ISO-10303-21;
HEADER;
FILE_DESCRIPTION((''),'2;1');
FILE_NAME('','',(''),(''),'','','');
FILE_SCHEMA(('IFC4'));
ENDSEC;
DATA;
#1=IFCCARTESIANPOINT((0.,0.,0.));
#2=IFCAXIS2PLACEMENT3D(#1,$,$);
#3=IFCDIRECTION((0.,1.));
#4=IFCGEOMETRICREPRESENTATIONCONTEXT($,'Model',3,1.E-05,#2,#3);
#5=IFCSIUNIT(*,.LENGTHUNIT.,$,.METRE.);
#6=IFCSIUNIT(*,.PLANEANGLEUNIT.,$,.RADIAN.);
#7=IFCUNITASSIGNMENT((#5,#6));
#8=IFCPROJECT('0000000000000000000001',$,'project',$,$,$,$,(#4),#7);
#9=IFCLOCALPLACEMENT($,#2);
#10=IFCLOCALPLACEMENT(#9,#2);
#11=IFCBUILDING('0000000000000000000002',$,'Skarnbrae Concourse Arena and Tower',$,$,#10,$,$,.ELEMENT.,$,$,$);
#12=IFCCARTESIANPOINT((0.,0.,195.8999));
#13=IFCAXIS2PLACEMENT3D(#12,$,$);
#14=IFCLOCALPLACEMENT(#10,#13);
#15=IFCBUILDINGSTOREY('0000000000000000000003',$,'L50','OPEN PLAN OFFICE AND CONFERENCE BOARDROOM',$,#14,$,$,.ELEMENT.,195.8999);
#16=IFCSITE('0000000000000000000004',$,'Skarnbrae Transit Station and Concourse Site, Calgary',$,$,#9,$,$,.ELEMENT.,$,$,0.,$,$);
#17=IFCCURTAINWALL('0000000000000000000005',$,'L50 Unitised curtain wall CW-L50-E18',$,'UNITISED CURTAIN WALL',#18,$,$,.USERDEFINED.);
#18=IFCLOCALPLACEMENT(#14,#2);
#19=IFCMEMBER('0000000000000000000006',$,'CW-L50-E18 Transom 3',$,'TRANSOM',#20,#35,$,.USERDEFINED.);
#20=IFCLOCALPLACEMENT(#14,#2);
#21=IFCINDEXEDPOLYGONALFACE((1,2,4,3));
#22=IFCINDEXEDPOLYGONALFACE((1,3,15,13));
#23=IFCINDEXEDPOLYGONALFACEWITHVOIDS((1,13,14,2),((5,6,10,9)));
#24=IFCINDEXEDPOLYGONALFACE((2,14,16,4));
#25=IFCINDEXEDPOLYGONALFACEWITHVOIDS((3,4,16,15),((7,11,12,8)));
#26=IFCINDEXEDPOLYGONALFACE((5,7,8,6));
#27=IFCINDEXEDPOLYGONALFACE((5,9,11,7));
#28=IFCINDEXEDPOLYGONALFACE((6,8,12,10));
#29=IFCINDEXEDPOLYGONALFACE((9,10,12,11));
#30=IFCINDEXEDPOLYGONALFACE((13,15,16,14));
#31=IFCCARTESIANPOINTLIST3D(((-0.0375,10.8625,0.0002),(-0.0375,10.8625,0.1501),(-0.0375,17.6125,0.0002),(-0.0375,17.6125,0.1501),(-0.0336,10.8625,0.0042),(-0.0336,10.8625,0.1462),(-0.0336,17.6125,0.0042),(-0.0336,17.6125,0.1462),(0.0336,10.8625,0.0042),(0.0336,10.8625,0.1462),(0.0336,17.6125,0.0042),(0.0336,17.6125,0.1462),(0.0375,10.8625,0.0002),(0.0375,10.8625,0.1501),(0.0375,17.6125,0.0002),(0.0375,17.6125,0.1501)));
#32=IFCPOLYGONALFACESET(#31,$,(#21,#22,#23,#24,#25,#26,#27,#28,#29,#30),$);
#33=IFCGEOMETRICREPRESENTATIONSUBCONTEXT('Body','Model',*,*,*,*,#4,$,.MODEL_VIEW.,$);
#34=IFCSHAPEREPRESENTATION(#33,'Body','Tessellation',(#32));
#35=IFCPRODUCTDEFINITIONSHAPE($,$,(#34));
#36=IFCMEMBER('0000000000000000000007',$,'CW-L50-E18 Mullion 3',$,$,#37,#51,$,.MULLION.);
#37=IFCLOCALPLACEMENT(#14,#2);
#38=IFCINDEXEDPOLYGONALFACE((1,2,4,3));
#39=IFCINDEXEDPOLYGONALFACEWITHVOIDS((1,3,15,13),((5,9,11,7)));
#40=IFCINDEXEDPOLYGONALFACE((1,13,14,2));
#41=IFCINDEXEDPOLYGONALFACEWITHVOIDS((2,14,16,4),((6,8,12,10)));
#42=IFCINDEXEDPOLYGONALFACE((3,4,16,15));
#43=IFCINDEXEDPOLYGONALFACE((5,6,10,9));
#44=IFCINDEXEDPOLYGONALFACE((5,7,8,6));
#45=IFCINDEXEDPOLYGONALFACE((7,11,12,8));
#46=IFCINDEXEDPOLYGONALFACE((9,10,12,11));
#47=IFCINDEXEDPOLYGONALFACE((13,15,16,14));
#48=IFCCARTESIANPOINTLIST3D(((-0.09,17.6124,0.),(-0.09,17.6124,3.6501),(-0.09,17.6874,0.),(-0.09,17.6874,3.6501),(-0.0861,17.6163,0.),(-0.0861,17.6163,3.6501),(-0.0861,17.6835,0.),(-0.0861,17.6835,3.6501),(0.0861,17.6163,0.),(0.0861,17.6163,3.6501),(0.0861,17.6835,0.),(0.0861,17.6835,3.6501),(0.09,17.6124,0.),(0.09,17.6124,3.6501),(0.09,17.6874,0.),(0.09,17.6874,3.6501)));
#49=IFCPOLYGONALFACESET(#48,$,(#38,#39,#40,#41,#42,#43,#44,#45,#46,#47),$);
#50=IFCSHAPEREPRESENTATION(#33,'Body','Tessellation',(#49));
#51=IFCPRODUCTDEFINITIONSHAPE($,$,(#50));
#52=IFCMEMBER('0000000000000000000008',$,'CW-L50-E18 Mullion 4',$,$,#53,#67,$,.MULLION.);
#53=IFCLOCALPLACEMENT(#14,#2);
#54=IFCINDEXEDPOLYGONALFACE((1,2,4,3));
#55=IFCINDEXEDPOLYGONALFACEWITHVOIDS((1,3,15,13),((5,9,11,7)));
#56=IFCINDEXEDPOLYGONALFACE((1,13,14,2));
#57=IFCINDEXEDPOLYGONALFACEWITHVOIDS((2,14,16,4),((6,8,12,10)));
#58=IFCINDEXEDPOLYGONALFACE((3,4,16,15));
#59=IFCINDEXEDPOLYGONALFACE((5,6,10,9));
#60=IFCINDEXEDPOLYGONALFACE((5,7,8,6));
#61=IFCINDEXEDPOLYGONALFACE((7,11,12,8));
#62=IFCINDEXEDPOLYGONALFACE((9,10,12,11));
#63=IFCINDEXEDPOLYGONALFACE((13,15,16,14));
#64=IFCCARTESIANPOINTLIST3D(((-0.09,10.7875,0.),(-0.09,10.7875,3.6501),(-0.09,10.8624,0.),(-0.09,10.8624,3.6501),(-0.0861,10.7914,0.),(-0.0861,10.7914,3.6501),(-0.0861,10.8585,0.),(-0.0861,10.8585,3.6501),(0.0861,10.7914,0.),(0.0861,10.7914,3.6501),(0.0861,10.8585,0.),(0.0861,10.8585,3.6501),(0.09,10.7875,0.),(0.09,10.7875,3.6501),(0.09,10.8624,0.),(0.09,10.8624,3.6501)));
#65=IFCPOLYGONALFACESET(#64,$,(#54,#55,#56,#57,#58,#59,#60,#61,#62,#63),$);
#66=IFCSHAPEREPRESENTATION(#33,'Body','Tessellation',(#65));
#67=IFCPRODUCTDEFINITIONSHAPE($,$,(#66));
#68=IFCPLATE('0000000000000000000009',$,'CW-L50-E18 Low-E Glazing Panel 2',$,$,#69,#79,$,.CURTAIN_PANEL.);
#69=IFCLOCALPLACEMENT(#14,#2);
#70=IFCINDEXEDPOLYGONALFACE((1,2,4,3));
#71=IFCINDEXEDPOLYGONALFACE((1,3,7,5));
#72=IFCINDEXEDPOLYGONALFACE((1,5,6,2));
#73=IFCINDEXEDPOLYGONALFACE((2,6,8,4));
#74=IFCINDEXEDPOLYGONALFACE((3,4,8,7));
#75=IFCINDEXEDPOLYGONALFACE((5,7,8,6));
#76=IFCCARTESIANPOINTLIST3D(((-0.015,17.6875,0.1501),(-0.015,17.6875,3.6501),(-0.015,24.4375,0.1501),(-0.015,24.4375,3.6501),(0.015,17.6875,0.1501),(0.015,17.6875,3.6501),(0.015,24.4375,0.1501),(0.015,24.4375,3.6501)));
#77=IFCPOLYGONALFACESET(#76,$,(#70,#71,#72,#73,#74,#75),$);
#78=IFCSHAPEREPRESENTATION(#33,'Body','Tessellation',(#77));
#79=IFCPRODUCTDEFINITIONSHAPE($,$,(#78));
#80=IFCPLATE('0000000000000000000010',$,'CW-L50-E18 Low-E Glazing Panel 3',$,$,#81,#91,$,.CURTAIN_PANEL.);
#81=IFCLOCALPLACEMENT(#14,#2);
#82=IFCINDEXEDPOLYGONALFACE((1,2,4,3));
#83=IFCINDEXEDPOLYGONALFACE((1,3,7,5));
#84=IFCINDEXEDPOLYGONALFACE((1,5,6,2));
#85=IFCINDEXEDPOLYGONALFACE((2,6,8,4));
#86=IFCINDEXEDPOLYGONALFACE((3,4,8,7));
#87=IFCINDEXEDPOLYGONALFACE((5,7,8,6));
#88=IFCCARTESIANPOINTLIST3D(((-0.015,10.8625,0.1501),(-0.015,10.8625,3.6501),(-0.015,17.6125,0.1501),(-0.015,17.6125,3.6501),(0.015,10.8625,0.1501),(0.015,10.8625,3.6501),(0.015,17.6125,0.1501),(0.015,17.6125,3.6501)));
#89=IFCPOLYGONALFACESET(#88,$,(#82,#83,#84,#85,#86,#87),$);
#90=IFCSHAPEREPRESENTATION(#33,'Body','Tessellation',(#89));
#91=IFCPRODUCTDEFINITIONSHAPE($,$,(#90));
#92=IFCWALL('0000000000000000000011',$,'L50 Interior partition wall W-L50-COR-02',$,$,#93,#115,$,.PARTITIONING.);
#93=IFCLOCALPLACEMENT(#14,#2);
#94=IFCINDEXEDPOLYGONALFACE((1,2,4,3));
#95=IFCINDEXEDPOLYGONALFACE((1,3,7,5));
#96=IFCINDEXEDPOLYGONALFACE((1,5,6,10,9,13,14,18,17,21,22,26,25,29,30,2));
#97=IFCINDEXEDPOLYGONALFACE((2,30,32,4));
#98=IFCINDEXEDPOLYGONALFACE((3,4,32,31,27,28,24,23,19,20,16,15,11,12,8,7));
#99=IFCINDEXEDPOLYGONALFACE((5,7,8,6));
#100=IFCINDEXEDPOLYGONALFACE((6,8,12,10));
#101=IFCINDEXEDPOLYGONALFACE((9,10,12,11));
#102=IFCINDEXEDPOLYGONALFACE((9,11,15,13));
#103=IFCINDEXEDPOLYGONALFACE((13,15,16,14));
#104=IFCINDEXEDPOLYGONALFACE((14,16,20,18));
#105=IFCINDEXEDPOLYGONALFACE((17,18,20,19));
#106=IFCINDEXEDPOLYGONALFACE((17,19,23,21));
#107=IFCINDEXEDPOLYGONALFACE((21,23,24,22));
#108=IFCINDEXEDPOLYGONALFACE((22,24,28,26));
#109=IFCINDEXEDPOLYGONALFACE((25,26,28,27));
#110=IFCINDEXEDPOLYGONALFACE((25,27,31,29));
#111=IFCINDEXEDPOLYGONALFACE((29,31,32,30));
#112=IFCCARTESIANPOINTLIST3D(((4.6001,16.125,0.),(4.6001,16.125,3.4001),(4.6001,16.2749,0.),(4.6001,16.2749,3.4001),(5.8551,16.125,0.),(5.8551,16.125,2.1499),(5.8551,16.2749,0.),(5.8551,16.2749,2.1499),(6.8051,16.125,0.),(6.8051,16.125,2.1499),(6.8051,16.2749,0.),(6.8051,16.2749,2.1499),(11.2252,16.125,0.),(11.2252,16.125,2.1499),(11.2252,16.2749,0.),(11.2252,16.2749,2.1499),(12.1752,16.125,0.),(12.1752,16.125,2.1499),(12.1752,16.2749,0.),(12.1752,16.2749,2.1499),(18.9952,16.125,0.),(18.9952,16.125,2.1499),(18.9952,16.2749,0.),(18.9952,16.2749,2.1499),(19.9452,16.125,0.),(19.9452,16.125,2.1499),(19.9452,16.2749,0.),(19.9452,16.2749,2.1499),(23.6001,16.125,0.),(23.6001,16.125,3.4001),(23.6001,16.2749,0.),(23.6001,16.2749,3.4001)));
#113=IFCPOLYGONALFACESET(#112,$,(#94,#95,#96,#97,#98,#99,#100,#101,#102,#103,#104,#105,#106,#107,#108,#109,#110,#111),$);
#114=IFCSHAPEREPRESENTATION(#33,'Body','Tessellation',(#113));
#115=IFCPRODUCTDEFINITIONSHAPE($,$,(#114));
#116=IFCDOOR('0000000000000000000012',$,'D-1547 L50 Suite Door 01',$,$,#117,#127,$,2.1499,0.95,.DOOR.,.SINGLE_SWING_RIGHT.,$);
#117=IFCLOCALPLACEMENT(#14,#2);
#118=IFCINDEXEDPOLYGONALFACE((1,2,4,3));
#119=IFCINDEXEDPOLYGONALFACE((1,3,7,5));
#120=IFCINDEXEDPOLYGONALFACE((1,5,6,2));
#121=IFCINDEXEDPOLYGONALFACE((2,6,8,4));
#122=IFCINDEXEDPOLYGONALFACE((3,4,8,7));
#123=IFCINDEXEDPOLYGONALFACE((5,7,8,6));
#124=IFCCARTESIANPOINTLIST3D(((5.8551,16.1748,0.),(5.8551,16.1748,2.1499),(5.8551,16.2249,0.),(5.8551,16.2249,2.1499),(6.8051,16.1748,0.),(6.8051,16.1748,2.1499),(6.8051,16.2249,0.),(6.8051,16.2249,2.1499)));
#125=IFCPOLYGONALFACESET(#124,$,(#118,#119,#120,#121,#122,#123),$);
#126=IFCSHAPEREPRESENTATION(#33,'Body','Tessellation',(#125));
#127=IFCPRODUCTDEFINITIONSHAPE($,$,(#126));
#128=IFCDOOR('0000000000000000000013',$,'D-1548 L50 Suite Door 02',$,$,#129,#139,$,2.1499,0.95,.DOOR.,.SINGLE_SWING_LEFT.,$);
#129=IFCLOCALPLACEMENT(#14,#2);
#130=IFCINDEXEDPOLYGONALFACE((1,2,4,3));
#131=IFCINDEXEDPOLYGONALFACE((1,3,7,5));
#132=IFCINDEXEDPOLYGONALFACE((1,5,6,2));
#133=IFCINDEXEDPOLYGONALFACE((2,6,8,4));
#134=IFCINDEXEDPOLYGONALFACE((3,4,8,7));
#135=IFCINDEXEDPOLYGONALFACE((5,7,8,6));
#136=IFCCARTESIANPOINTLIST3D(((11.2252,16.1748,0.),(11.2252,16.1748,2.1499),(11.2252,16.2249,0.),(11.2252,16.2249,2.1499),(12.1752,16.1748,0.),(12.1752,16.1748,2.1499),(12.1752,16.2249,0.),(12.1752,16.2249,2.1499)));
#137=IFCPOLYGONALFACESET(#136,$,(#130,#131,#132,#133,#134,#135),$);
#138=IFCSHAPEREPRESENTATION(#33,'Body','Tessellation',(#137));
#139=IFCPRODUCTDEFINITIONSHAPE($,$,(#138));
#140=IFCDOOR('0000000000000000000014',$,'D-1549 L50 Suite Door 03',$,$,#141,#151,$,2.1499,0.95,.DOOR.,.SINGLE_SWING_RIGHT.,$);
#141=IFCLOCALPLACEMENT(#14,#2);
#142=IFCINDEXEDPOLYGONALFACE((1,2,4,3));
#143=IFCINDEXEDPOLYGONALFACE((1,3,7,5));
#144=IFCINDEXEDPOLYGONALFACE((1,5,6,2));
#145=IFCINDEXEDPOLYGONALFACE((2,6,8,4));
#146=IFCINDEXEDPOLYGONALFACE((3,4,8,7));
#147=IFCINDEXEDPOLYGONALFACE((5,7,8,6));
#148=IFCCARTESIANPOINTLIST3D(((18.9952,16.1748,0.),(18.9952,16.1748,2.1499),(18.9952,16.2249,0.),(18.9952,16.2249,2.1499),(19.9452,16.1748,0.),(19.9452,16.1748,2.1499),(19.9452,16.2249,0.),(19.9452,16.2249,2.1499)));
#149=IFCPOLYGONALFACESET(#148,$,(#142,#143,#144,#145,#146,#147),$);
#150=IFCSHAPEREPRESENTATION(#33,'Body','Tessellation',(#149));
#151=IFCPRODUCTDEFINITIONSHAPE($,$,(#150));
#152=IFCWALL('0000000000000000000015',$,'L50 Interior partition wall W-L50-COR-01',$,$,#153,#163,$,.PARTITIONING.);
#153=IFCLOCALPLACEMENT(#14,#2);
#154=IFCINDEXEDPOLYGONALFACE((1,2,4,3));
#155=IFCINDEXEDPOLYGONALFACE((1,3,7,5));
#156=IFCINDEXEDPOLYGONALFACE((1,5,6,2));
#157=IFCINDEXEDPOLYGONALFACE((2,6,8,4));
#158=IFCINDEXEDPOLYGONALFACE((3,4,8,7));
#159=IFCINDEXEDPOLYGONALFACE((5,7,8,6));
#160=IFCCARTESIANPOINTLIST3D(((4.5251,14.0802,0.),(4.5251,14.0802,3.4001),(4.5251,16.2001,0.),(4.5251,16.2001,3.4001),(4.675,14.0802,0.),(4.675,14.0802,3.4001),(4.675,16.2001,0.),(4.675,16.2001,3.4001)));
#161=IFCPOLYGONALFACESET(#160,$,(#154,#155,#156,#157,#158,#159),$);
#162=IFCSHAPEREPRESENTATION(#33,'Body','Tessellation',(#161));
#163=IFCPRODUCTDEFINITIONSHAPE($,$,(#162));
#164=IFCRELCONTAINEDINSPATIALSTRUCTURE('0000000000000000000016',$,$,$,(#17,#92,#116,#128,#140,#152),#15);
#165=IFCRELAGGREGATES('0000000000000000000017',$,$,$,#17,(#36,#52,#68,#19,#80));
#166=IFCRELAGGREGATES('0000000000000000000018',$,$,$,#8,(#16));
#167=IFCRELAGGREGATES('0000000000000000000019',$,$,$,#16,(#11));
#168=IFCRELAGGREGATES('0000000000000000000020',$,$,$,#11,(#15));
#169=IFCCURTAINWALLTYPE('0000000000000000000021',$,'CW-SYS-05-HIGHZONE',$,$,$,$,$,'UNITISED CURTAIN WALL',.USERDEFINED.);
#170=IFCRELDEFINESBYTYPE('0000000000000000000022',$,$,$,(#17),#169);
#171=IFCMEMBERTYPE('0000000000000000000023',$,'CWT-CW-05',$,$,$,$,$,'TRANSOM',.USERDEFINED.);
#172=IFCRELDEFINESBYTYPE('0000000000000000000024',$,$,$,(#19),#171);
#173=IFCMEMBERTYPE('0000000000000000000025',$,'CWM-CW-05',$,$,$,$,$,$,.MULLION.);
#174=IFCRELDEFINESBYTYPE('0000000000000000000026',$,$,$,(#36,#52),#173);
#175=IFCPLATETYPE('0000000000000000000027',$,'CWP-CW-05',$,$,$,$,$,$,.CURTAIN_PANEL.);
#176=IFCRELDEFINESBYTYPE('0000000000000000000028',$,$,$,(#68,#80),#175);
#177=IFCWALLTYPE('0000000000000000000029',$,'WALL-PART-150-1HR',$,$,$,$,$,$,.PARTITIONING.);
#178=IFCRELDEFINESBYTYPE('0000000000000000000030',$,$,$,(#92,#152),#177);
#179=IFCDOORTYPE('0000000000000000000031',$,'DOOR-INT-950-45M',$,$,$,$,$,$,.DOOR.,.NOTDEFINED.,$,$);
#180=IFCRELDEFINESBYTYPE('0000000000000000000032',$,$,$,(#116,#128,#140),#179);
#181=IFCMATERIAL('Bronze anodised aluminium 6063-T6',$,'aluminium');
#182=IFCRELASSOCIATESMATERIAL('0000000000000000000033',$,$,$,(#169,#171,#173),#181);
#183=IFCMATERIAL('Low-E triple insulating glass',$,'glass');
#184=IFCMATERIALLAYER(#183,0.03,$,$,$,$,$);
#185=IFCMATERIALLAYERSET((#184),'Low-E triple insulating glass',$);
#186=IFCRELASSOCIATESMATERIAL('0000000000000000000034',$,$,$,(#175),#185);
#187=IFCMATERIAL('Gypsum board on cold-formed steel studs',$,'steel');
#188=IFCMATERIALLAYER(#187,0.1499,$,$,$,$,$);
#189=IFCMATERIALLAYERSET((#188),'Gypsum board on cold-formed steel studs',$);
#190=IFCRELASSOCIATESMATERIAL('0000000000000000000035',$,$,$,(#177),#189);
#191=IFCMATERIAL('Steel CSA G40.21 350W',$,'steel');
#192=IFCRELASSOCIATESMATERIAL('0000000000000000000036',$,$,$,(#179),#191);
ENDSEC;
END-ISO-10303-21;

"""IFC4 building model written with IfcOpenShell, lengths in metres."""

from ifc_helpers import new_model, si_unit, direction, frame, frame_2d, origin, origin_2d, place, context, subcontext, project, spatial, rectangle, hollow_rectangle, extrude, source, transform, mapped, material, layer, layer_set, material_profile, profile_set, type_object, element, fill, aggregate, save


model = new_model("IFC4")

# Units and contexts
model_context = context("Model", 3, precision=1e-05, world=origin(), true_north=direction((0.0, 1.0)))
body_context = subcontext(model_context, "Body", "Model", "MODEL_VIEW")
ifc_project = project(units=[si_unit("LENGTHUNIT", "METRE"), si_unit("PLANEANGLEUNIT", "RADIAN")], contexts=[model_context])

# Site, building, storey
site_placement = place(None, origin())
site = spatial("IfcSite", under=ifc_project, at=site_placement, Name="Skarnbrae Transit Station and Concourse Site, Calgary", CompositionType="ELEMENT", RefElevation=0.0)
building_placement = place(site_placement, origin())
building = spatial("IfcBuilding", under=site, at=building_placement, Name="Skarnbrae Concourse Arena and Tower", CompositionType="ELEMENT")
storey_placement = place(building_placement, frame((0.0, 0.0, 195.8999)))
storey = spatial("IfcBuildingStorey", under=building, at=storey_placement, Name="L50", Description="OPEN PLAN OFFICE AND CONFERENCE BOARDROOM", CompositionType="ELEMENT", Elevation=195.8999)

# Shared definitions
ifc_material_1 = material(Name="Steel CSA G40.21 350W", Category="steel")

# Curtain wall, members, plates
ifc_material_2 = material(Name="Bronze anodised aluminium 6063-T6", Category="aluminium")
curtain_wall_type = type_object("IfcCurtainWallType", Name="CW-SYS-05-HIGHZONE", ElementType="UNITISED CURTAIN WALL", PredefinedType="USERDEFINED", material=ifc_material_2)
curtain_wall_placement = place(storey_placement, origin())
curtain_wall = element("IfcCurtainWall", 1, at=curtain_wall_placement, inside=storey, type_object=curtain_wall_type, Name="L50 Unitised curtain wall CW-L50-E18", ObjectType="UNITISED CURTAIN WALL", PredefinedType="USERDEFINED")
ifc_material_profile_1 = material_profile(ifc_material_2, hollow_rectangle(XDim=0.075, YDim=0.1499, WallThickness=0.0039, at=origin_2d()), Name="ALU-TRAN-75X150")
ifc_profile_set_1 = profile_set([ifc_material_profile_1], Name="Bronze anodised aluminium 6063-T6")
member_type_1 = type_object("IfcMemberType", Name="CWT-CW-05", ElementType="TRANSOM", PredefinedType="USERDEFINED", material=ifc_profile_set_1)
shared_shape_1 = source(origin(), body_context, "Body", "SweptSolid", [
    extrude(hollow_rectangle(XDim=0.075, YDim=0.1499, WallThickness=0.0039, at=origin_2d()), origin(), (0.0, 0.0, 1.0), 6.75),
])
member_1_placement = place(storey_placement, frame((0.0, 17.6125, 0.0752), z_axis=(0.0, -1.0, 0.0), x_axis=(1.0, 0.0, 0.0)))
member_1 = element("IfcMember", 2, at=member_1_placement, type_object=member_type_1, Name="CW-L50-E18 Transom 3", ObjectType="TRANSOM", PredefinedType="USERDEFINED", context=body_context, shape_type="MappedRepresentation", body=[
    mapped(shared_shape_1, transform((0.0, 0.0, 0.0))),
])
ifc_material_profile_2 = material_profile(ifc_material_2, hollow_rectangle(XDim=0.075, YDim=0.1799, WallThickness=0.0039, at=origin_2d()), Name="ALU-MULL-75X180")
ifc_profile_set_2 = profile_set([ifc_material_profile_2], Name="Bronze anodised aluminium 6063-T6")
member_type_2 = type_object("IfcMemberType", Name="CWM-CW-05", PredefinedType="MULLION", material=ifc_profile_set_2)
shared_shape_2 = source(origin(), body_context, "Body", "SweptSolid", [
    extrude(hollow_rectangle(XDim=0.075, YDim=0.1799, WallThickness=0.0039, at=origin_2d()), origin(), (0.0, 0.0, 1.0), 3.6501),
])
member_2_placement = place(storey_placement, frame((0.0, 17.6499, 0.0), z_axis=(0.0, 0.0, 1.0), x_axis=(0.0, -1.0, 0.0)))
member_2 = element("IfcMember", 3, at=member_2_placement, type_object=member_type_2, Name="CW-L50-E18 Mullion 3", PredefinedType="MULLION", context=body_context, shape_type="MappedRepresentation", body=[
    mapped(shared_shape_2, transform((0.0, 0.0, 0.0))),
])
member_3_placement = place(storey_placement, frame((0.0, 10.825, 0.0), z_axis=(0.0, 0.0, 1.0), x_axis=(0.0, -1.0, 0.0)))
member_3 = element("IfcMember", 4, at=member_3_placement, type_object=member_type_2, Name="CW-L50-E18 Mullion 4", PredefinedType="MULLION", context=body_context, shape_type="MappedRepresentation", body=[
    mapped(shared_shape_2, transform((0.0, 0.0, 0.0))),
])
ifc_material_3 = material(Name="Low-E triple insulating glass", Category="glass")
ifc_layer_1 = layer(ifc_material_3, 0.03)
ifc_layer_set_1 = layer_set([ifc_layer_1], Name="Low-E triple insulating glass")
plate_type = type_object("IfcPlateType", Name="CWP-CW-05", PredefinedType="CURTAIN_PANEL", material=ifc_layer_set_1)
shared_shape_3 = source(origin(), body_context, "Body", "SweptSolid", [
    extrude(rectangle(XDim=6.75, YDim=0.03, at=origin_2d()), origin(), (0.0, 0.0, 1.0), 3.5),
])
plate_1_placement = place(storey_placement, frame((0.0, 21.0625, 0.1501), z_axis=(0.0, 0.0, 1.0), x_axis=(0.0, -1.0, 0.0)))
plate_1 = element("IfcPlate", 5, at=plate_1_placement, type_object=plate_type, Name="CW-L50-E18 Low-E Glazing Panel 2", PredefinedType="CURTAIN_PANEL", context=body_context, shape_type="MappedRepresentation", body=[
    mapped(shared_shape_3, transform((0.0, 0.0, 0.0))),
])
plate_2_placement = place(storey_placement, frame((0.0, 14.2375, 0.1501), z_axis=(0.0, 0.0, 1.0), x_axis=(0.0, -1.0, 0.0)))
plate_2 = element("IfcPlate", 6, at=plate_2_placement, type_object=plate_type, Name="CW-L50-E18 Low-E Glazing Panel 3", PredefinedType="CURTAIN_PANEL", context=body_context, shape_type="MappedRepresentation", body=[
    mapped(shared_shape_3, transform((0.0, 0.0, 0.0))),
])
aggregate(curtain_wall, [member_2, member_3, plate_1, member_1, plate_2])

# Wall, openings, doors
ifc_material_4 = material(Name="Gypsum board on cold-formed steel studs", Category="steel")
ifc_layer_2 = layer(ifc_material_4, 0.1499)
ifc_layer_set_2 = layer_set([ifc_layer_2], Name="Gypsum board on cold-formed steel studs")
wall_type_1 = type_object("IfcWallType", Name="WALL-PART-150-1HR", PredefinedType="PARTITIONING", material=ifc_layer_set_2)
shared_shape_4 = source(origin(), body_context, "Body", "SweptSolid", [
    extrude(rectangle(XDim=19.0, YDim=0.1499, at=frame_2d((9.5, 0.0))), origin(), (0.0, 0.0, 1.0), 3.4001),
])
wall_1_placement = place(storey_placement, frame((4.6001, 16.2, 0.0), z_axis=(0.0, 0.0, 1.0), x_axis=(1.0, 0.0, 0.0)))
wall_1 = element("IfcWall", 7, at=wall_1_placement, inside=storey, type_object=wall_type_1, Name="L50 Interior partition wall W-L50-COR-02", PredefinedType="PARTITIONING", context=body_context, shape_type="MappedRepresentation", body=[
    mapped(shared_shape_4, transform((0.0, 0.0, 0.0))),
])
opening_1_placement = place(wall_1_placement, frame((1.2549, 0.0, 0.0)))
opening_1 = element("IfcOpeningElement", 8, at=opening_1_placement, cuts=wall_1, PredefinedType="OPENING", context=body_context, shape_type="SweptSolid", body=[
    extrude(rectangle(XDim=0.95, YDim=2.1499, at=frame_2d((0.4751, 1.075))), frame((0.0, 0.085, 0.0), z_axis=(0.0, -1.0, 0.0), x_axis=(1.0, 0.0, 0.0)), (0.0, 0.0, 1.0), 0.1699),
])
opening_2_placement = place(wall_1_placement, frame((6.625, 0.0, 0.0)))
opening_2 = element("IfcOpeningElement", 9, at=opening_2_placement, cuts=wall_1, PredefinedType="OPENING", context=body_context, shape_type="SweptSolid", body=[
    extrude(rectangle(XDim=0.95, YDim=2.1499, at=frame_2d((0.4751, 1.075))), frame((0.0, 0.085, 0.0), z_axis=(0.0, -1.0, 0.0), x_axis=(1.0, 0.0, 0.0)), (0.0, 0.0, 1.0), 0.1699),
])
opening_3_placement = place(wall_1_placement, frame((14.395, 0.0, 0.0)))
opening_3 = element("IfcOpeningElement", 10, at=opening_3_placement, cuts=wall_1, PredefinedType="OPENING", context=body_context, shape_type="SweptSolid", body=[
    extrude(rectangle(XDim=0.95, YDim=2.1499, at=frame_2d((0.4751, 1.075))), frame((0.0, 0.085, 0.0), z_axis=(0.0, -1.0, 0.0), x_axis=(1.0, 0.0, 0.0)), (0.0, 0.0, 1.0), 0.1699),
])
door_type_1 = type_object("IfcDoorType", Name="DOOR-INT-950-45M", OperationType="NOTDEFINED", PredefinedType="DOOR", material=ifc_material_1)
shared_shape_5 = source(origin(), body_context, "Body", "SweptSolid", [
    extrude(rectangle(XDim=0.95, YDim=2.1499, at=frame_2d((0.4751, 1.075))), frame((0.0, 0.0249, 0.0), z_axis=(0.0, -1.0, 0.0), x_axis=(1.0, 0.0, 0.0)), (0.0, 0.0, 1.0), 0.05),
])
door_1_placement = place(opening_1_placement, origin())
door_1 = element("IfcDoor", 11, at=door_1_placement, inside=storey, type_object=door_type_1, Name="D-1547 L50 Suite Door 01", OperationType="SINGLE_SWING_RIGHT", OverallHeight=2.1499, OverallWidth=0.95, PredefinedType="DOOR", context=body_context, shape_type="MappedRepresentation", body=[
    mapped(shared_shape_5, transform((0.0, 0.0, 0.0))),
])
fill(opening_1, door_1)
door_2_placement = place(opening_2_placement, origin())
door_2 = element("IfcDoor", 12, at=door_2_placement, inside=storey, type_object=door_type_1, Name="D-1548 L50 Suite Door 02", OperationType="SINGLE_SWING_LEFT", OverallHeight=2.1499, OverallWidth=0.95, PredefinedType="DOOR", context=body_context, shape_type="MappedRepresentation", body=[
    mapped(shared_shape_5, transform((0.0, 0.0, 0.0))),
])
fill(opening_2, door_2)
door_3_placement = place(opening_3_placement, origin())
door_3 = element("IfcDoor", 13, at=door_3_placement, inside=storey, type_object=door_type_1, Name="D-1549 L50 Suite Door 03", OperationType="SINGLE_SWING_RIGHT", OverallHeight=2.1499, OverallWidth=0.95, PredefinedType="DOOR", context=body_context, shape_type="MappedRepresentation", body=[
    mapped(shared_shape_5, transform((0.0, 0.0, 0.0))),
])
fill(opening_3, door_3)

# Wall
shared_shape_6 = source(origin(), body_context, "Body", "SweptSolid", [
    extrude(rectangle(XDim=2.1199, YDim=0.1499, at=frame_2d((1.0601, 0.0))), origin(), (0.0, 0.0, 1.0), 3.4001),
])
wall_2_placement = place(storey_placement, frame((4.6001, 14.0801, 0.0), z_axis=(0.0, 0.0, 1.0), x_axis=(0.0, 1.0, 0.0)))
element("IfcWall", 14, at=wall_2_placement, inside=storey, type_object=wall_type_1, Name="L50 Interior partition wall W-L50-COR-01", PredefinedType="PARTITIONING", context=body_context, shape_type="MappedRepresentation", body=[
    mapped(shared_shape_6, transform((0.0, 0.0, 0.0))),
])

save(model, "model.ifc")
